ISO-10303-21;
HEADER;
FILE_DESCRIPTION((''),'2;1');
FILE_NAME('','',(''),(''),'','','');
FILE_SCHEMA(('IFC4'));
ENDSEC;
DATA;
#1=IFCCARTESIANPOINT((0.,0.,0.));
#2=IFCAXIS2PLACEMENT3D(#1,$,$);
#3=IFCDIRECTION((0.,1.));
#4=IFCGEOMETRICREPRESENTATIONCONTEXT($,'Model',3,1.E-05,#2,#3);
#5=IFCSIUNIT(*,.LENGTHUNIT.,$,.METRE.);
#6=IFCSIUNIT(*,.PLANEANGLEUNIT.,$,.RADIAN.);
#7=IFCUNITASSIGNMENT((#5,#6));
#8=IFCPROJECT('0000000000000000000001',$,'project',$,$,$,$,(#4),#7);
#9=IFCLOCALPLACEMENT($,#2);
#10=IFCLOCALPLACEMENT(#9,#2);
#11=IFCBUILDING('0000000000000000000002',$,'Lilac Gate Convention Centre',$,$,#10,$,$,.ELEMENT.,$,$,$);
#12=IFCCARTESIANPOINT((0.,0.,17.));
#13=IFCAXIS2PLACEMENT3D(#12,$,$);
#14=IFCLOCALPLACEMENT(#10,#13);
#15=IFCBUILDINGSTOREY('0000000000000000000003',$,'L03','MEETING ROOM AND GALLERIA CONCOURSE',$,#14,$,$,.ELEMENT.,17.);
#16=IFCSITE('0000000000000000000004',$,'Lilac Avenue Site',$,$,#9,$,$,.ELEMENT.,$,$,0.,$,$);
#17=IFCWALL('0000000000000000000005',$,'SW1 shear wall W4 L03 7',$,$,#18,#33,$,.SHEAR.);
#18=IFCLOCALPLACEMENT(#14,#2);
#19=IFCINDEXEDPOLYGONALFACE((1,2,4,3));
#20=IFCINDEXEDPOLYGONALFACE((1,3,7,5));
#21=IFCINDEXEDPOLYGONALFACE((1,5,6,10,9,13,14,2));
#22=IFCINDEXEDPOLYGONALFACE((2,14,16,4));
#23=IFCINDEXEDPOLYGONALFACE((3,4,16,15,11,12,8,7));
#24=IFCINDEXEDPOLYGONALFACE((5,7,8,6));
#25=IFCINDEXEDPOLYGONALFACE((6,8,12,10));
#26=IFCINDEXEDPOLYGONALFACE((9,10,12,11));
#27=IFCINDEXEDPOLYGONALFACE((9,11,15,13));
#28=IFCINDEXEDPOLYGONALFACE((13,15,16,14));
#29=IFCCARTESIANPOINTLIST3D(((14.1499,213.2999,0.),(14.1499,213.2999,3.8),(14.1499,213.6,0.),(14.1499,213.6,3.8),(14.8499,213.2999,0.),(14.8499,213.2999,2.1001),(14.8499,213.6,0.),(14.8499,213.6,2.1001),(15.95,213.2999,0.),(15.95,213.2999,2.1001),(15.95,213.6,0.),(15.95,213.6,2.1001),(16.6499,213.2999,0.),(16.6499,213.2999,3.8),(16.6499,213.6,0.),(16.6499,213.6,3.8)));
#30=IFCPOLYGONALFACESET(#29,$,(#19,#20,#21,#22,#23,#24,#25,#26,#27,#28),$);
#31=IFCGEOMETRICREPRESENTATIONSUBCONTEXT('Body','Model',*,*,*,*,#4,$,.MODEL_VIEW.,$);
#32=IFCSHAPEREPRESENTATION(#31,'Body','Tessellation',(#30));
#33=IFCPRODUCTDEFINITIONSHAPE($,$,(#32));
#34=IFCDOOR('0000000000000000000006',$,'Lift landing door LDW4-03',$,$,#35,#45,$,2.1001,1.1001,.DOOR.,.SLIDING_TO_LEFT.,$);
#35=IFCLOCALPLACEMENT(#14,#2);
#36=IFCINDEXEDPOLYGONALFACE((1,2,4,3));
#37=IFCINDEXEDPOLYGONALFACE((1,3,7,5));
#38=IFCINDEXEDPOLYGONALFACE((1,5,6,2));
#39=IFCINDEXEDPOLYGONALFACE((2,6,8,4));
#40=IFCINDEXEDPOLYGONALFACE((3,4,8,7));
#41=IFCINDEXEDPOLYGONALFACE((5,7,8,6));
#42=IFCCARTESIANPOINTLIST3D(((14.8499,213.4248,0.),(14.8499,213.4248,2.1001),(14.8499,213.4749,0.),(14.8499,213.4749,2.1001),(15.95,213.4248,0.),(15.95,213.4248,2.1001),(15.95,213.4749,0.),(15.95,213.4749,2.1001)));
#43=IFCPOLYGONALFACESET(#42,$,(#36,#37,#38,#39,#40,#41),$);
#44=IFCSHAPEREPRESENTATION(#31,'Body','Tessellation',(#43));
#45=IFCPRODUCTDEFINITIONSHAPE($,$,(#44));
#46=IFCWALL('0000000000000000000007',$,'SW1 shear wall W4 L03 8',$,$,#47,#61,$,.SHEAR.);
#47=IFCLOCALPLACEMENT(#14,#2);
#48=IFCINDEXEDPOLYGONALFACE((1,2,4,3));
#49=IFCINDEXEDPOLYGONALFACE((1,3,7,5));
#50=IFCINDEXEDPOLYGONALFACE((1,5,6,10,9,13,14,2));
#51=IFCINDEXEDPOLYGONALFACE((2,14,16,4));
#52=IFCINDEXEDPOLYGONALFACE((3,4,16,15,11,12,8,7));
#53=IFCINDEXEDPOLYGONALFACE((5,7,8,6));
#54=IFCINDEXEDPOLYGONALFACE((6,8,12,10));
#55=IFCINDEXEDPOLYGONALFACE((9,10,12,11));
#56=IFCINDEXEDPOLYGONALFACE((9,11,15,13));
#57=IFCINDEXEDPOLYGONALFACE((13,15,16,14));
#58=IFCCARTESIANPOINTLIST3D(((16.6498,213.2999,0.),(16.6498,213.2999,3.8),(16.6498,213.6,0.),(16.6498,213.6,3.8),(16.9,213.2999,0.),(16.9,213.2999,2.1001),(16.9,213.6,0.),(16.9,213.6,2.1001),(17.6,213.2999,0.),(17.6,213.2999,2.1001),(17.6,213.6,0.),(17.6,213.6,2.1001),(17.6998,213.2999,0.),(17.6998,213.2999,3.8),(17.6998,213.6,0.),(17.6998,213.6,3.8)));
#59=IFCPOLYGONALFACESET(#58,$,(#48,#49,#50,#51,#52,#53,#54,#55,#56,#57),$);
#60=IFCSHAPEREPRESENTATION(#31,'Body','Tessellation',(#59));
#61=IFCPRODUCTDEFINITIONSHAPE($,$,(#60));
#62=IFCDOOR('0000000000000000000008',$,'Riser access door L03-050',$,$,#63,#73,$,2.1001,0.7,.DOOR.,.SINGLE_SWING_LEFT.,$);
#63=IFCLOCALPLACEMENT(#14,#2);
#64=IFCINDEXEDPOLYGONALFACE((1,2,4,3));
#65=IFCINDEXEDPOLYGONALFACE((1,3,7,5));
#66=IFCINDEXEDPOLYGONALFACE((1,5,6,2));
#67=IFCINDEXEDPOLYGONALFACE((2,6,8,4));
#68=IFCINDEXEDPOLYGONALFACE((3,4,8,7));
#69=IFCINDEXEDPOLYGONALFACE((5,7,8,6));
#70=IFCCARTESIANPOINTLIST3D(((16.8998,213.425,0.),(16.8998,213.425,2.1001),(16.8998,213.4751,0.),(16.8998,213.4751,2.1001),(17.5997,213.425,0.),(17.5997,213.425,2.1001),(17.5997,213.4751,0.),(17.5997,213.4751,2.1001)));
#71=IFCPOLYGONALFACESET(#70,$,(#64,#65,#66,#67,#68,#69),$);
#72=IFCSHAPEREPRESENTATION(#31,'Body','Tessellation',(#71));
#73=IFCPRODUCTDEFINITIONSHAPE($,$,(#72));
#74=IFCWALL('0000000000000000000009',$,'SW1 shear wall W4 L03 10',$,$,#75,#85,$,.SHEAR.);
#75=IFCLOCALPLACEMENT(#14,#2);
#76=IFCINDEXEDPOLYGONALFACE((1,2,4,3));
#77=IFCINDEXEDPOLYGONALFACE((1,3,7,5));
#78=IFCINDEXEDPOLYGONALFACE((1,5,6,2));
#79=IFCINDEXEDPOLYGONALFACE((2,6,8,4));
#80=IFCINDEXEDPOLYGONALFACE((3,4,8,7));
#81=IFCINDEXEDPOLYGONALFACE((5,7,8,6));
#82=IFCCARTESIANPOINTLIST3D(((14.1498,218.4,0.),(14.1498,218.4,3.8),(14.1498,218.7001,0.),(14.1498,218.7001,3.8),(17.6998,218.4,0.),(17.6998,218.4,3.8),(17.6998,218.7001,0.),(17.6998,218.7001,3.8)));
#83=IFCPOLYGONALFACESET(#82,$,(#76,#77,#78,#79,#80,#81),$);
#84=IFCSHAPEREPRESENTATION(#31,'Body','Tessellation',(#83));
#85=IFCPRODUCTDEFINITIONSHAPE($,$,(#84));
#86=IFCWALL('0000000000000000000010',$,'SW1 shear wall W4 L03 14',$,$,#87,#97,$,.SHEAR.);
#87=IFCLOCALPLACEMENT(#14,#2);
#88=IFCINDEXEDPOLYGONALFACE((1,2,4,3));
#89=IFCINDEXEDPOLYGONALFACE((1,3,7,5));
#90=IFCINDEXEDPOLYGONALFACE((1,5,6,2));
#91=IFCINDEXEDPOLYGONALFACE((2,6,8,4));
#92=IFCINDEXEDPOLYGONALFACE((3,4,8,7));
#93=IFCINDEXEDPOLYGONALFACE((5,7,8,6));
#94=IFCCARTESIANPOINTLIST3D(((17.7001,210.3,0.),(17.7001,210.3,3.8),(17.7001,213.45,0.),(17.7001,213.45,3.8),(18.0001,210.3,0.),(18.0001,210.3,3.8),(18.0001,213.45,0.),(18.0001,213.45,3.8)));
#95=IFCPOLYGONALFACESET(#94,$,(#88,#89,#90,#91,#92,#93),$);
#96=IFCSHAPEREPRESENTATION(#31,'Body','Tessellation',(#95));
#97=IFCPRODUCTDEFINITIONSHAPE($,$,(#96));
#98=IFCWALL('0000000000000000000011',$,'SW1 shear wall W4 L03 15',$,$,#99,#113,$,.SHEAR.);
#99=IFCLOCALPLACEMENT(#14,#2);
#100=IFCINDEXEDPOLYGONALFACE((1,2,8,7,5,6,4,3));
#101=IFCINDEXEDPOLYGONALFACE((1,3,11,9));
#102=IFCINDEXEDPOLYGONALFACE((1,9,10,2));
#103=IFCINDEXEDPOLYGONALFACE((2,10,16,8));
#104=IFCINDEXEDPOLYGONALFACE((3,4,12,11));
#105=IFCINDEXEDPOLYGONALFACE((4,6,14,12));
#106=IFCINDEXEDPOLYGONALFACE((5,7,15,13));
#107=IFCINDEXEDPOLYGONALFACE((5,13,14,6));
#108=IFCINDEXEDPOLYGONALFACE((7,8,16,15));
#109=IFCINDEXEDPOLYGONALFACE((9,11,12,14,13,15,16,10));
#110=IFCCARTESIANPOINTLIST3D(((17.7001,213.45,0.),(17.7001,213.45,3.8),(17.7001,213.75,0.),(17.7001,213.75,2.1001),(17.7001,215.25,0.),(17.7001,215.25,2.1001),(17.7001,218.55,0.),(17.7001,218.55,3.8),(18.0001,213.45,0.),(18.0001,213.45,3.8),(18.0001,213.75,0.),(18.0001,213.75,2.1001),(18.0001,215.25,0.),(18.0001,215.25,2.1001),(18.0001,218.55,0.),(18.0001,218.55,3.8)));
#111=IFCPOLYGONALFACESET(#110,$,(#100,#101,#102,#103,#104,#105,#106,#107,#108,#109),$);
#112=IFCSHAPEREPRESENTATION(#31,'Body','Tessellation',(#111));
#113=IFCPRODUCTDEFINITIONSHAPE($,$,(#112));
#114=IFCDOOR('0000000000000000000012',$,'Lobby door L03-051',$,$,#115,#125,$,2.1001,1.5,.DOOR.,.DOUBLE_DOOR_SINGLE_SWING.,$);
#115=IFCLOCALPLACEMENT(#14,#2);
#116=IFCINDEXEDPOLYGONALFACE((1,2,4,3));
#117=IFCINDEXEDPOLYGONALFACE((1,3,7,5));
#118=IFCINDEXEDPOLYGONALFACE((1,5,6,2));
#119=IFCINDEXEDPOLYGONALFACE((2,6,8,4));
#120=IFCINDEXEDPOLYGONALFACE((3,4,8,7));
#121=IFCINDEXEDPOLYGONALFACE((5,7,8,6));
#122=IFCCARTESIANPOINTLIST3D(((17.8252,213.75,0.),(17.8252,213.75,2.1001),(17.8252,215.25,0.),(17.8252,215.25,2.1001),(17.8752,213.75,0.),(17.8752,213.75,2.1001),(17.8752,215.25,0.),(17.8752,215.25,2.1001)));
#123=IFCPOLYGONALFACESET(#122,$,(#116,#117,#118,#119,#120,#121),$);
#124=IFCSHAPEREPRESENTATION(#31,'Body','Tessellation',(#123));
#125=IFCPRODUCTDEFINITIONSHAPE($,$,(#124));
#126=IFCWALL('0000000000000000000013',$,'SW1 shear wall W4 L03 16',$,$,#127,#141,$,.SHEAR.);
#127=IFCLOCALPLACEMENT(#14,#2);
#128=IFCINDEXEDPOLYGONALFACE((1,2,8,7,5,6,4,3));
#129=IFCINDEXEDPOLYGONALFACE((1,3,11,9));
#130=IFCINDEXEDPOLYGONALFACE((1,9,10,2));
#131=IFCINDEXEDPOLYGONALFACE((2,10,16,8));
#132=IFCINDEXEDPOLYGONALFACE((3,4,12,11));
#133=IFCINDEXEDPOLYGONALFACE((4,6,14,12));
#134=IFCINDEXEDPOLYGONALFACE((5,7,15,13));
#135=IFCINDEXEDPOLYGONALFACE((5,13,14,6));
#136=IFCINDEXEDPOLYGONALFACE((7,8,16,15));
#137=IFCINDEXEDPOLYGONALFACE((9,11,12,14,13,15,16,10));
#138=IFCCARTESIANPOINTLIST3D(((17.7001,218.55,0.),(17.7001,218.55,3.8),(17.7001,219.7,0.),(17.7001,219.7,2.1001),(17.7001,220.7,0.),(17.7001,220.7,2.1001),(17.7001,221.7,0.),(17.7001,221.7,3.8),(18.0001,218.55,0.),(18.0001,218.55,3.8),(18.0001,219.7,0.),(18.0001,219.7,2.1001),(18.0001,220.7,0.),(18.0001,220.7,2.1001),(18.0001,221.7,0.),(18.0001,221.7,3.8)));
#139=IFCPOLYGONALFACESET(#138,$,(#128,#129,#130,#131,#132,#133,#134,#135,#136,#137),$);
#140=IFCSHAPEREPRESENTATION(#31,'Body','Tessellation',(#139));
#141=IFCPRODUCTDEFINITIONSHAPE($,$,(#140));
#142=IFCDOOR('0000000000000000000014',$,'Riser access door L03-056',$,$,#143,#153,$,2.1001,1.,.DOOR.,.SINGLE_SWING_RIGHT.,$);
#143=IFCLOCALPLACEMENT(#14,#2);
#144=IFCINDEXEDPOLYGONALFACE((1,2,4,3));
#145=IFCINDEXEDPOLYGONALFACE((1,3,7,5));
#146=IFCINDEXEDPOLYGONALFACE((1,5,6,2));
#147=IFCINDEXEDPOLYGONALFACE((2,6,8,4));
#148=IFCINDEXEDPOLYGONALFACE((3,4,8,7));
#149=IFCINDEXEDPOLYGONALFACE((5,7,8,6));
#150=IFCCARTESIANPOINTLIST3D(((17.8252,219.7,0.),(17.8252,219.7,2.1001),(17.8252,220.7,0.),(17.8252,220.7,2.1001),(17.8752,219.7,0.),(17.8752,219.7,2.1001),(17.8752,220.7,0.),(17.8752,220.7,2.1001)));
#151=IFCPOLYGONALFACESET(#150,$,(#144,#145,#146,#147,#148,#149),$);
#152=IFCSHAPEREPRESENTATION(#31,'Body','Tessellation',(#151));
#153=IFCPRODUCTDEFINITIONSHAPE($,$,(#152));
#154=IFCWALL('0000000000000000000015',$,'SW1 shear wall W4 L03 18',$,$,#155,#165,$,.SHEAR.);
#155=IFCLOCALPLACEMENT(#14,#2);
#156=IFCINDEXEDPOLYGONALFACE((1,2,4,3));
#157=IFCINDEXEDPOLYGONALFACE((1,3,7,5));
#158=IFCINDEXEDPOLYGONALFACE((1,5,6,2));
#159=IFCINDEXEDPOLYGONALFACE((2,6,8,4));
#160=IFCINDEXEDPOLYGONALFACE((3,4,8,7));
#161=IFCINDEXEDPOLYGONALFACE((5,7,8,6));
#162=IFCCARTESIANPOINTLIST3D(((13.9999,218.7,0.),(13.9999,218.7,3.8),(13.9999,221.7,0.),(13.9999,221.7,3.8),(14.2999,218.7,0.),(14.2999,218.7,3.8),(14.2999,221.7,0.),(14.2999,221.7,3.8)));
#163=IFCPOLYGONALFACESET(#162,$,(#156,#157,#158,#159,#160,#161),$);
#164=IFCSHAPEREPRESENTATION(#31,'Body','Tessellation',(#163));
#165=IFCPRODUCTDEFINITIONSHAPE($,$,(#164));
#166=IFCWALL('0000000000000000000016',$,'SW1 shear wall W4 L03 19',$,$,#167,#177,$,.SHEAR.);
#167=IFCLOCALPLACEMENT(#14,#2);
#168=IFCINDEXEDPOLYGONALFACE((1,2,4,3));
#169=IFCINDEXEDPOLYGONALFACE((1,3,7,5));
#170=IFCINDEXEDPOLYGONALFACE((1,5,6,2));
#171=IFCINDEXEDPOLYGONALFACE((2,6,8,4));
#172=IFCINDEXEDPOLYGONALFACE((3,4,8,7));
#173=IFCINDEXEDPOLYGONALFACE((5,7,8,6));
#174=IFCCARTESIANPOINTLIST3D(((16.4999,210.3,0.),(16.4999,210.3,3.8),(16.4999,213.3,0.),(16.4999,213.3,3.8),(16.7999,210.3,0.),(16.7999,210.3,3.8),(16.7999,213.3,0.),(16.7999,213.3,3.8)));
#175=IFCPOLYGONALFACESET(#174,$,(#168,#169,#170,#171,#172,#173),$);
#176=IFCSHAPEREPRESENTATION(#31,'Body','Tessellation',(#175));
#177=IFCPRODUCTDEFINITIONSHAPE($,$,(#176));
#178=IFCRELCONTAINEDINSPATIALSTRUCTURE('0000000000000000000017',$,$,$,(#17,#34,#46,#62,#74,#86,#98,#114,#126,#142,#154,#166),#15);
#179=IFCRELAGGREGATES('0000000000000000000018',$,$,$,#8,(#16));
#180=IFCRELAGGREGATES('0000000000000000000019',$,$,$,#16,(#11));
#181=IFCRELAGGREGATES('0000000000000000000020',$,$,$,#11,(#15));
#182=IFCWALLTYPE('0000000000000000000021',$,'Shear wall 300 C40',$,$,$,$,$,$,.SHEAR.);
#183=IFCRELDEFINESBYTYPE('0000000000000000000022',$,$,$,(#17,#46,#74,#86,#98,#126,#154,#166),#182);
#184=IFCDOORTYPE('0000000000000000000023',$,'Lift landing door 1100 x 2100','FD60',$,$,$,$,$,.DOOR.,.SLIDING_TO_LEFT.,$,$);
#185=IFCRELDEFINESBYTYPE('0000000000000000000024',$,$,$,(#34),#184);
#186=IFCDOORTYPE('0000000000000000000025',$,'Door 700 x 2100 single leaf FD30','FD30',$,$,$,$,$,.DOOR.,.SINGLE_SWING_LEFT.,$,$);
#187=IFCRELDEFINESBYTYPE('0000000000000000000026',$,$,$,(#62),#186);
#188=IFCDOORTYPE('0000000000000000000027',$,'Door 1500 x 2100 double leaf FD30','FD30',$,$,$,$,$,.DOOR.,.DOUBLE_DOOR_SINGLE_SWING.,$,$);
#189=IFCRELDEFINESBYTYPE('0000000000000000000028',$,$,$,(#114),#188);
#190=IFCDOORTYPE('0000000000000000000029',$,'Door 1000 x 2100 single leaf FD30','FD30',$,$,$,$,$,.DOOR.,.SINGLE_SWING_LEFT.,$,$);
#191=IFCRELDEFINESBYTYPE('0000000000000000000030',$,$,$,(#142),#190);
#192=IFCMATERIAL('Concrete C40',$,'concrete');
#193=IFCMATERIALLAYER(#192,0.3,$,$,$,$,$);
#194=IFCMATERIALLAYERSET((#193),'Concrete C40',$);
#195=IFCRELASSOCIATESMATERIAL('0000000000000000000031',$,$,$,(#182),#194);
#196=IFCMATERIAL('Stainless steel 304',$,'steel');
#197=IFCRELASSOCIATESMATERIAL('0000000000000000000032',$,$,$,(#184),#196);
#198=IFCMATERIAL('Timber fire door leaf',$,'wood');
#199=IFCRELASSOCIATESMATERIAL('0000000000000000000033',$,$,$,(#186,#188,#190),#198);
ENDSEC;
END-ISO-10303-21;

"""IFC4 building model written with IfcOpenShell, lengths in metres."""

from ifc_helpers import new_model, si_unit, direction, frame, frame_2d, origin, place, context, subcontext, project, spatial, rectangle, extrude, material, layer, layer_set, type_object, element, fill, save


model = new_model("IFC4")

# Units and contexts
model_context = context("Model", 3, precision=1e-05, world=origin(), true_north=direction((0.0, 1.0)))
body_context = subcontext(model_context, "Body", "Model", "MODEL_VIEW")
ifc_project = project(units=[si_unit("LENGTHUNIT", "METRE"), si_unit("PLANEANGLEUNIT", "RADIAN")], contexts=[model_context])

# Site, building, storey
site_placement = place(None, origin())
site = spatial("IfcSite", under=ifc_project, at=site_placement, Name="Lilac Avenue Site", CompositionType="ELEMENT", RefElevation=0.0)
building_placement = place(site_placement, origin())
building = spatial("IfcBuilding", under=site, at=building_placement, Name="Lilac Gate Convention Centre", CompositionType="ELEMENT")
storey_placement = place(building_placement, frame((0.0, 0.0, 17.0)))
storey = spatial("IfcBuildingStorey", under=building, at=storey_placement, Name="L03", Description="MEETING ROOM AND GALLERIA CONCOURSE", CompositionType="ELEMENT", Elevation=17.0)

# Shared definitions
ifc_material_1 = material(Name="Concrete C40", Category="concrete")

# Shared definitions
ifc_layer_1 = layer(ifc_material_1, 0.3)
ifc_layer_set_1 = layer_set([ifc_layer_1], Name="Concrete C40")
wall_type_1 = type_object("IfcWallType", Name="Shear wall 300 C40", PredefinedType="SHEAR", material=ifc_layer_set_1)

# Walls, openings, doors
wall_1_placement = place(storey_placement, frame((14.1499, 213.45, 0.0), z_axis=(0.0, 0.0, 1.0), x_axis=(1.0, 0.0, 0.0)))
wall_1 = element("IfcWall", 1, at=wall_1_placement, inside=storey, type_object=wall_type_1, Name="SW1 shear wall W4 L03 7", PredefinedType="SHEAR", context=body_context, shape_type="SweptSolid", body=[
    extrude(rectangle(XDim=2.5, YDim=0.3, at=frame_2d((1.25, 0.0))), origin(), (0.0, 0.0, 1.0), 3.8),
])
opening_1_placement = place(wall_1_placement, frame((0.7, 0.0, 0.0)))
opening_1 = element("IfcOpeningElement", 2, at=opening_1_placement, cuts=wall_1, PredefinedType="OPENING", context=body_context, shape_type="SweptSolid", body=[
    extrude(rectangle(XDim=1.1001, YDim=2.1001, at=frame_2d((0.55, 1.05))), frame((0.0, 0.1599, 0.0), z_axis=(0.0, -1.0, 0.0), x_axis=(1.0, 0.0, 0.0)), (0.0, 0.0, 1.0), 0.3201),
])
ifc_material_2 = material(Name="Stainless steel 304", Category="steel")
door_type_1 = type_object("IfcDoorType", Name="Lift landing door 1100 x 2100", Description="FD60", OperationType="SLIDING_TO_LEFT", PredefinedType="DOOR", material=ifc_material_2)
door_1_placement = place(opening_1_placement, origin())
door_1 = element("IfcDoor", 3, at=door_1_placement, inside=storey, type_object=door_type_1, Name="Lift landing door LDW4-03", OperationType="SLIDING_TO_LEFT", OverallHeight=2.1001, OverallWidth=1.1001, PredefinedType="DOOR", context=body_context, shape_type="SweptSolid", body=[
    extrude(rectangle(XDim=1.1001, YDim=2.1001, at=frame_2d((0.55, 1.05))), frame((0.0, 0.0249, 0.0), z_axis=(0.0, -1.0, 0.0), x_axis=(1.0, 0.0, 0.0)), (0.0, 0.0, 1.0), 0.05),
])
fill(opening_1, door_1)
wall_2_placement = place(storey_placement, frame((16.6499, 213.45, 0.0), z_axis=(0.0, 0.0, 1.0), x_axis=(1.0, 0.0, 0.0)))
wall_2 = element("IfcWall", 4, at=wall_2_placement, inside=storey, type_object=wall_type_1, Name="SW1 shear wall W4 L03 8", PredefinedType="SHEAR", context=body_context, shape_type="SweptSolid", body=[
    extrude(rectangle(XDim=1.05, YDim=0.3, at=frame_2d((0.5249, 0.0))), origin(), (0.0, 0.0, 1.0), 3.8),
])
opening_2_placement = place(wall_2_placement, frame((0.25, 0.0, 0.0)))
opening_2 = element("IfcOpeningElement", 5, at=opening_2_placement, cuts=wall_2, PredefinedType="OPENING", context=body_context, shape_type="SweptSolid", body=[
    extrude(rectangle(XDim=0.7, YDim=2.1001, at=frame_2d((0.3501, 1.05))), frame((0.0, 0.1599, 0.0), z_axis=(0.0, -1.0, 0.0), x_axis=(1.0, 0.0, 0.0)), (0.0, 0.0, 1.0), 0.3201),
])
ifc_material_3 = material(Name="Timber fire door leaf", Category="wood")
door_type_2 = type_object("IfcDoorType", Name="Door 700 x 2100 single leaf FD30", Description="FD30", OperationType="SINGLE_SWING_LEFT", PredefinedType="DOOR", material=ifc_material_3)
door_2_placement = place(opening_2_placement, frame((0.7, 0.0, 0.0), z_axis=(0.0, 0.0, 1.0), x_axis=(-1.0, 0.0, 0.0)))
door_2 = element("IfcDoor", 6, at=door_2_placement, inside=storey, type_object=door_type_2, Name="Riser access door L03-050", OperationType="SINGLE_SWING_LEFT", OverallHeight=2.1001, OverallWidth=0.7, PredefinedType="DOOR", context=body_context, shape_type="SweptSolid", body=[
    extrude(rectangle(XDim=0.7, YDim=2.1001, at=frame_2d((0.3501, 1.05))), frame((0.0, 0.0249, 0.0), z_axis=(0.0, -1.0, 0.0), x_axis=(1.0, 0.0, 0.0)), (0.0, 0.0, 1.0), 0.05),
])
fill(opening_2, door_2)

# Walls
wall_3_placement = place(storey_placement, frame((14.1499, 218.55, 0.0), z_axis=(0.0, 0.0, 1.0), x_axis=(1.0, 0.0, 0.0)))
element("IfcWall", 7, at=wall_3_placement, inside=storey, type_object=wall_type_1, Name="SW1 shear wall W4 L03 10", PredefinedType="SHEAR", context=body_context, shape_type="SweptSolid", body=[
    extrude(rectangle(XDim=3.55, YDim=0.3, at=frame_2d((1.7749, 0.0))), origin(), (0.0, 0.0, 1.0), 3.8),
])
wall_4_placement = place(storey_placement, frame((17.8501, 210.3, 0.0), z_axis=(0.0, 0.0, 1.0), x_axis=(0.0, 1.0, 0.0)))
element("IfcWall", 8, at=wall_4_placement, inside=storey, type_object=wall_type_1, Name="SW1 shear wall W4 L03 14", PredefinedType="SHEAR", context=body_context, shape_type="SweptSolid", body=[
    extrude(rectangle(XDim=3.1499, YDim=0.3, at=frame_2d((1.575, 0.0))), origin(), (0.0, 0.0, 1.0), 3.8),
])

# Walls, openings, doors
wall_5_placement = place(storey_placement, frame((17.8501, 213.45, 0.0), z_axis=(0.0, 0.0, 1.0), x_axis=(0.0, 1.0, 0.0)))
wall_5 = element("IfcWall", 9, at=wall_5_placement, inside=storey, type_object=wall_type_1, Name="SW1 shear wall W4 L03 15", PredefinedType="SHEAR", context=body_context, shape_type="SweptSolid", body=[
    extrude(rectangle(XDim=5.1001, YDim=0.3, at=frame_2d((2.55, 0.0))), origin(), (0.0, 0.0, 1.0), 3.8),
])
opening_3_placement = place(wall_5_placement, frame((0.3, 0.0, 0.0)))
opening_3 = element("IfcOpeningElement", 10, at=opening_3_placement, cuts=wall_5, PredefinedType="OPENING", context=body_context, shape_type="SweptSolid", body=[
    extrude(rectangle(XDim=1.5, YDim=2.1001, at=frame_2d((0.75, 1.05))), frame((0.0, 0.1599, 0.0), z_axis=(0.0, -1.0, 0.0), x_axis=(1.0, 0.0, 0.0)), (0.0, 0.0, 1.0), 0.3201),
])
door_type_3 = type_object("IfcDoorType", Name="Door 1500 x 2100 double leaf FD30", Description="FD30", OperationType="DOUBLE_DOOR_SINGLE_SWING", PredefinedType="DOOR", material=ifc_material_3)
door_3_placement = place(opening_3_placement, origin())
door_3 = element("IfcDoor", 11, at=door_3_placement, inside=storey, type_object=door_type_3, Name="Lobby door L03-051", OperationType="DOUBLE_DOOR_SINGLE_SWING", OverallHeight=2.1001, OverallWidth=1.5, PredefinedType="DOOR", context=body_context, shape_type="SweptSolid", body=[
    extrude(rectangle(XDim=1.5, YDim=2.1001, at=frame_2d((0.75, 1.05))), frame((0.0, 0.0249, 0.0), z_axis=(0.0, -1.0, 0.0), x_axis=(1.0, 0.0, 0.0)), (0.0, 0.0, 1.0), 0.05),
])
fill(opening_3, door_3)
wall_6_placement = place(storey_placement, frame((17.8501, 218.55, 0.0), z_axis=(0.0, 0.0, 1.0), x_axis=(0.0, 1.0, 0.0)))
wall_6 = element("IfcWall", 12, at=wall_6_placement, inside=storey, type_object=wall_type_1, Name="SW1 shear wall W4 L03 16", PredefinedType="SHEAR", context=body_context, shape_type="SweptSolid", body=[
    extrude(rectangle(XDim=3.1499, YDim=0.3, at=frame_2d((1.575, 0.0))), origin(), (0.0, 0.0, 1.0), 3.8),
])
opening_4_placement = place(wall_6_placement, frame((1.1499, 0.0, 0.0)))
opening_4 = element("IfcOpeningElement", 13, at=opening_4_placement, cuts=wall_6, PredefinedType="OPENING", context=body_context, shape_type="SweptSolid", body=[
    extrude(rectangle(XDim=1.0, YDim=2.1001, at=frame_2d((0.5, 1.05))), frame((0.0, 0.1599, 0.0), z_axis=(0.0, -1.0, 0.0), x_axis=(1.0, 0.0, 0.0)), (0.0, 0.0, 1.0), 0.3201),
])
door_type_4 = type_object("IfcDoorType", Name="Door 1000 x 2100 single leaf FD30", Description="FD30", OperationType="SINGLE_SWING_LEFT", PredefinedType="DOOR", material=ifc_material_3)
door_4_placement = place(opening_4_placement, origin())
door_4 = element("IfcDoor", 14, at=door_4_placement, inside=storey, type_object=door_type_4, Name="Riser access door L03-056", OperationType="SINGLE_SWING_RIGHT", OverallHeight=2.1001, OverallWidth=1.0, PredefinedType="DOOR", context=body_context, shape_type="SweptSolid", body=[
    extrude(rectangle(XDim=1.0, YDim=2.1001, at=frame_2d((0.5, 1.05))), frame((0.0, 0.0249, 0.0), z_axis=(0.0, -1.0, 0.0), x_axis=(1.0, 0.0, 0.0)), (0.0, 0.0, 1.0), 0.05),
])
fill(opening_4, door_4)

# Walls
for number, where, z_axis, x_axis, name in (
    (15, (14.1499, 218.7, 0.0), (0.0, 0.0, 1.0), (0.0, 1.0, 0.0), "SW1 shear wall W4 L03 18"),
    (16, (16.6499, 210.3, 0.0), (0.0, 0.0, 1.0), (0.0, 1.0, 0.0), "SW1 shear wall W4 L03 19"),
):
    element("IfcWall", number, at=place(storey_placement, frame(where, z_axis=z_axis, x_axis=x_axis)), inside=storey, type_object=wall_type_1, Name=name, PredefinedType="SHEAR", context=body_context, shape_type="SweptSolid", body=[
        extrude(rectangle(XDim=3.0, YDim=0.3, at=frame_2d((1.5, 0.0))), origin(), (0.0, 0.0, 1.0), 3.8),
    ])

save(model, "model.ifc")
